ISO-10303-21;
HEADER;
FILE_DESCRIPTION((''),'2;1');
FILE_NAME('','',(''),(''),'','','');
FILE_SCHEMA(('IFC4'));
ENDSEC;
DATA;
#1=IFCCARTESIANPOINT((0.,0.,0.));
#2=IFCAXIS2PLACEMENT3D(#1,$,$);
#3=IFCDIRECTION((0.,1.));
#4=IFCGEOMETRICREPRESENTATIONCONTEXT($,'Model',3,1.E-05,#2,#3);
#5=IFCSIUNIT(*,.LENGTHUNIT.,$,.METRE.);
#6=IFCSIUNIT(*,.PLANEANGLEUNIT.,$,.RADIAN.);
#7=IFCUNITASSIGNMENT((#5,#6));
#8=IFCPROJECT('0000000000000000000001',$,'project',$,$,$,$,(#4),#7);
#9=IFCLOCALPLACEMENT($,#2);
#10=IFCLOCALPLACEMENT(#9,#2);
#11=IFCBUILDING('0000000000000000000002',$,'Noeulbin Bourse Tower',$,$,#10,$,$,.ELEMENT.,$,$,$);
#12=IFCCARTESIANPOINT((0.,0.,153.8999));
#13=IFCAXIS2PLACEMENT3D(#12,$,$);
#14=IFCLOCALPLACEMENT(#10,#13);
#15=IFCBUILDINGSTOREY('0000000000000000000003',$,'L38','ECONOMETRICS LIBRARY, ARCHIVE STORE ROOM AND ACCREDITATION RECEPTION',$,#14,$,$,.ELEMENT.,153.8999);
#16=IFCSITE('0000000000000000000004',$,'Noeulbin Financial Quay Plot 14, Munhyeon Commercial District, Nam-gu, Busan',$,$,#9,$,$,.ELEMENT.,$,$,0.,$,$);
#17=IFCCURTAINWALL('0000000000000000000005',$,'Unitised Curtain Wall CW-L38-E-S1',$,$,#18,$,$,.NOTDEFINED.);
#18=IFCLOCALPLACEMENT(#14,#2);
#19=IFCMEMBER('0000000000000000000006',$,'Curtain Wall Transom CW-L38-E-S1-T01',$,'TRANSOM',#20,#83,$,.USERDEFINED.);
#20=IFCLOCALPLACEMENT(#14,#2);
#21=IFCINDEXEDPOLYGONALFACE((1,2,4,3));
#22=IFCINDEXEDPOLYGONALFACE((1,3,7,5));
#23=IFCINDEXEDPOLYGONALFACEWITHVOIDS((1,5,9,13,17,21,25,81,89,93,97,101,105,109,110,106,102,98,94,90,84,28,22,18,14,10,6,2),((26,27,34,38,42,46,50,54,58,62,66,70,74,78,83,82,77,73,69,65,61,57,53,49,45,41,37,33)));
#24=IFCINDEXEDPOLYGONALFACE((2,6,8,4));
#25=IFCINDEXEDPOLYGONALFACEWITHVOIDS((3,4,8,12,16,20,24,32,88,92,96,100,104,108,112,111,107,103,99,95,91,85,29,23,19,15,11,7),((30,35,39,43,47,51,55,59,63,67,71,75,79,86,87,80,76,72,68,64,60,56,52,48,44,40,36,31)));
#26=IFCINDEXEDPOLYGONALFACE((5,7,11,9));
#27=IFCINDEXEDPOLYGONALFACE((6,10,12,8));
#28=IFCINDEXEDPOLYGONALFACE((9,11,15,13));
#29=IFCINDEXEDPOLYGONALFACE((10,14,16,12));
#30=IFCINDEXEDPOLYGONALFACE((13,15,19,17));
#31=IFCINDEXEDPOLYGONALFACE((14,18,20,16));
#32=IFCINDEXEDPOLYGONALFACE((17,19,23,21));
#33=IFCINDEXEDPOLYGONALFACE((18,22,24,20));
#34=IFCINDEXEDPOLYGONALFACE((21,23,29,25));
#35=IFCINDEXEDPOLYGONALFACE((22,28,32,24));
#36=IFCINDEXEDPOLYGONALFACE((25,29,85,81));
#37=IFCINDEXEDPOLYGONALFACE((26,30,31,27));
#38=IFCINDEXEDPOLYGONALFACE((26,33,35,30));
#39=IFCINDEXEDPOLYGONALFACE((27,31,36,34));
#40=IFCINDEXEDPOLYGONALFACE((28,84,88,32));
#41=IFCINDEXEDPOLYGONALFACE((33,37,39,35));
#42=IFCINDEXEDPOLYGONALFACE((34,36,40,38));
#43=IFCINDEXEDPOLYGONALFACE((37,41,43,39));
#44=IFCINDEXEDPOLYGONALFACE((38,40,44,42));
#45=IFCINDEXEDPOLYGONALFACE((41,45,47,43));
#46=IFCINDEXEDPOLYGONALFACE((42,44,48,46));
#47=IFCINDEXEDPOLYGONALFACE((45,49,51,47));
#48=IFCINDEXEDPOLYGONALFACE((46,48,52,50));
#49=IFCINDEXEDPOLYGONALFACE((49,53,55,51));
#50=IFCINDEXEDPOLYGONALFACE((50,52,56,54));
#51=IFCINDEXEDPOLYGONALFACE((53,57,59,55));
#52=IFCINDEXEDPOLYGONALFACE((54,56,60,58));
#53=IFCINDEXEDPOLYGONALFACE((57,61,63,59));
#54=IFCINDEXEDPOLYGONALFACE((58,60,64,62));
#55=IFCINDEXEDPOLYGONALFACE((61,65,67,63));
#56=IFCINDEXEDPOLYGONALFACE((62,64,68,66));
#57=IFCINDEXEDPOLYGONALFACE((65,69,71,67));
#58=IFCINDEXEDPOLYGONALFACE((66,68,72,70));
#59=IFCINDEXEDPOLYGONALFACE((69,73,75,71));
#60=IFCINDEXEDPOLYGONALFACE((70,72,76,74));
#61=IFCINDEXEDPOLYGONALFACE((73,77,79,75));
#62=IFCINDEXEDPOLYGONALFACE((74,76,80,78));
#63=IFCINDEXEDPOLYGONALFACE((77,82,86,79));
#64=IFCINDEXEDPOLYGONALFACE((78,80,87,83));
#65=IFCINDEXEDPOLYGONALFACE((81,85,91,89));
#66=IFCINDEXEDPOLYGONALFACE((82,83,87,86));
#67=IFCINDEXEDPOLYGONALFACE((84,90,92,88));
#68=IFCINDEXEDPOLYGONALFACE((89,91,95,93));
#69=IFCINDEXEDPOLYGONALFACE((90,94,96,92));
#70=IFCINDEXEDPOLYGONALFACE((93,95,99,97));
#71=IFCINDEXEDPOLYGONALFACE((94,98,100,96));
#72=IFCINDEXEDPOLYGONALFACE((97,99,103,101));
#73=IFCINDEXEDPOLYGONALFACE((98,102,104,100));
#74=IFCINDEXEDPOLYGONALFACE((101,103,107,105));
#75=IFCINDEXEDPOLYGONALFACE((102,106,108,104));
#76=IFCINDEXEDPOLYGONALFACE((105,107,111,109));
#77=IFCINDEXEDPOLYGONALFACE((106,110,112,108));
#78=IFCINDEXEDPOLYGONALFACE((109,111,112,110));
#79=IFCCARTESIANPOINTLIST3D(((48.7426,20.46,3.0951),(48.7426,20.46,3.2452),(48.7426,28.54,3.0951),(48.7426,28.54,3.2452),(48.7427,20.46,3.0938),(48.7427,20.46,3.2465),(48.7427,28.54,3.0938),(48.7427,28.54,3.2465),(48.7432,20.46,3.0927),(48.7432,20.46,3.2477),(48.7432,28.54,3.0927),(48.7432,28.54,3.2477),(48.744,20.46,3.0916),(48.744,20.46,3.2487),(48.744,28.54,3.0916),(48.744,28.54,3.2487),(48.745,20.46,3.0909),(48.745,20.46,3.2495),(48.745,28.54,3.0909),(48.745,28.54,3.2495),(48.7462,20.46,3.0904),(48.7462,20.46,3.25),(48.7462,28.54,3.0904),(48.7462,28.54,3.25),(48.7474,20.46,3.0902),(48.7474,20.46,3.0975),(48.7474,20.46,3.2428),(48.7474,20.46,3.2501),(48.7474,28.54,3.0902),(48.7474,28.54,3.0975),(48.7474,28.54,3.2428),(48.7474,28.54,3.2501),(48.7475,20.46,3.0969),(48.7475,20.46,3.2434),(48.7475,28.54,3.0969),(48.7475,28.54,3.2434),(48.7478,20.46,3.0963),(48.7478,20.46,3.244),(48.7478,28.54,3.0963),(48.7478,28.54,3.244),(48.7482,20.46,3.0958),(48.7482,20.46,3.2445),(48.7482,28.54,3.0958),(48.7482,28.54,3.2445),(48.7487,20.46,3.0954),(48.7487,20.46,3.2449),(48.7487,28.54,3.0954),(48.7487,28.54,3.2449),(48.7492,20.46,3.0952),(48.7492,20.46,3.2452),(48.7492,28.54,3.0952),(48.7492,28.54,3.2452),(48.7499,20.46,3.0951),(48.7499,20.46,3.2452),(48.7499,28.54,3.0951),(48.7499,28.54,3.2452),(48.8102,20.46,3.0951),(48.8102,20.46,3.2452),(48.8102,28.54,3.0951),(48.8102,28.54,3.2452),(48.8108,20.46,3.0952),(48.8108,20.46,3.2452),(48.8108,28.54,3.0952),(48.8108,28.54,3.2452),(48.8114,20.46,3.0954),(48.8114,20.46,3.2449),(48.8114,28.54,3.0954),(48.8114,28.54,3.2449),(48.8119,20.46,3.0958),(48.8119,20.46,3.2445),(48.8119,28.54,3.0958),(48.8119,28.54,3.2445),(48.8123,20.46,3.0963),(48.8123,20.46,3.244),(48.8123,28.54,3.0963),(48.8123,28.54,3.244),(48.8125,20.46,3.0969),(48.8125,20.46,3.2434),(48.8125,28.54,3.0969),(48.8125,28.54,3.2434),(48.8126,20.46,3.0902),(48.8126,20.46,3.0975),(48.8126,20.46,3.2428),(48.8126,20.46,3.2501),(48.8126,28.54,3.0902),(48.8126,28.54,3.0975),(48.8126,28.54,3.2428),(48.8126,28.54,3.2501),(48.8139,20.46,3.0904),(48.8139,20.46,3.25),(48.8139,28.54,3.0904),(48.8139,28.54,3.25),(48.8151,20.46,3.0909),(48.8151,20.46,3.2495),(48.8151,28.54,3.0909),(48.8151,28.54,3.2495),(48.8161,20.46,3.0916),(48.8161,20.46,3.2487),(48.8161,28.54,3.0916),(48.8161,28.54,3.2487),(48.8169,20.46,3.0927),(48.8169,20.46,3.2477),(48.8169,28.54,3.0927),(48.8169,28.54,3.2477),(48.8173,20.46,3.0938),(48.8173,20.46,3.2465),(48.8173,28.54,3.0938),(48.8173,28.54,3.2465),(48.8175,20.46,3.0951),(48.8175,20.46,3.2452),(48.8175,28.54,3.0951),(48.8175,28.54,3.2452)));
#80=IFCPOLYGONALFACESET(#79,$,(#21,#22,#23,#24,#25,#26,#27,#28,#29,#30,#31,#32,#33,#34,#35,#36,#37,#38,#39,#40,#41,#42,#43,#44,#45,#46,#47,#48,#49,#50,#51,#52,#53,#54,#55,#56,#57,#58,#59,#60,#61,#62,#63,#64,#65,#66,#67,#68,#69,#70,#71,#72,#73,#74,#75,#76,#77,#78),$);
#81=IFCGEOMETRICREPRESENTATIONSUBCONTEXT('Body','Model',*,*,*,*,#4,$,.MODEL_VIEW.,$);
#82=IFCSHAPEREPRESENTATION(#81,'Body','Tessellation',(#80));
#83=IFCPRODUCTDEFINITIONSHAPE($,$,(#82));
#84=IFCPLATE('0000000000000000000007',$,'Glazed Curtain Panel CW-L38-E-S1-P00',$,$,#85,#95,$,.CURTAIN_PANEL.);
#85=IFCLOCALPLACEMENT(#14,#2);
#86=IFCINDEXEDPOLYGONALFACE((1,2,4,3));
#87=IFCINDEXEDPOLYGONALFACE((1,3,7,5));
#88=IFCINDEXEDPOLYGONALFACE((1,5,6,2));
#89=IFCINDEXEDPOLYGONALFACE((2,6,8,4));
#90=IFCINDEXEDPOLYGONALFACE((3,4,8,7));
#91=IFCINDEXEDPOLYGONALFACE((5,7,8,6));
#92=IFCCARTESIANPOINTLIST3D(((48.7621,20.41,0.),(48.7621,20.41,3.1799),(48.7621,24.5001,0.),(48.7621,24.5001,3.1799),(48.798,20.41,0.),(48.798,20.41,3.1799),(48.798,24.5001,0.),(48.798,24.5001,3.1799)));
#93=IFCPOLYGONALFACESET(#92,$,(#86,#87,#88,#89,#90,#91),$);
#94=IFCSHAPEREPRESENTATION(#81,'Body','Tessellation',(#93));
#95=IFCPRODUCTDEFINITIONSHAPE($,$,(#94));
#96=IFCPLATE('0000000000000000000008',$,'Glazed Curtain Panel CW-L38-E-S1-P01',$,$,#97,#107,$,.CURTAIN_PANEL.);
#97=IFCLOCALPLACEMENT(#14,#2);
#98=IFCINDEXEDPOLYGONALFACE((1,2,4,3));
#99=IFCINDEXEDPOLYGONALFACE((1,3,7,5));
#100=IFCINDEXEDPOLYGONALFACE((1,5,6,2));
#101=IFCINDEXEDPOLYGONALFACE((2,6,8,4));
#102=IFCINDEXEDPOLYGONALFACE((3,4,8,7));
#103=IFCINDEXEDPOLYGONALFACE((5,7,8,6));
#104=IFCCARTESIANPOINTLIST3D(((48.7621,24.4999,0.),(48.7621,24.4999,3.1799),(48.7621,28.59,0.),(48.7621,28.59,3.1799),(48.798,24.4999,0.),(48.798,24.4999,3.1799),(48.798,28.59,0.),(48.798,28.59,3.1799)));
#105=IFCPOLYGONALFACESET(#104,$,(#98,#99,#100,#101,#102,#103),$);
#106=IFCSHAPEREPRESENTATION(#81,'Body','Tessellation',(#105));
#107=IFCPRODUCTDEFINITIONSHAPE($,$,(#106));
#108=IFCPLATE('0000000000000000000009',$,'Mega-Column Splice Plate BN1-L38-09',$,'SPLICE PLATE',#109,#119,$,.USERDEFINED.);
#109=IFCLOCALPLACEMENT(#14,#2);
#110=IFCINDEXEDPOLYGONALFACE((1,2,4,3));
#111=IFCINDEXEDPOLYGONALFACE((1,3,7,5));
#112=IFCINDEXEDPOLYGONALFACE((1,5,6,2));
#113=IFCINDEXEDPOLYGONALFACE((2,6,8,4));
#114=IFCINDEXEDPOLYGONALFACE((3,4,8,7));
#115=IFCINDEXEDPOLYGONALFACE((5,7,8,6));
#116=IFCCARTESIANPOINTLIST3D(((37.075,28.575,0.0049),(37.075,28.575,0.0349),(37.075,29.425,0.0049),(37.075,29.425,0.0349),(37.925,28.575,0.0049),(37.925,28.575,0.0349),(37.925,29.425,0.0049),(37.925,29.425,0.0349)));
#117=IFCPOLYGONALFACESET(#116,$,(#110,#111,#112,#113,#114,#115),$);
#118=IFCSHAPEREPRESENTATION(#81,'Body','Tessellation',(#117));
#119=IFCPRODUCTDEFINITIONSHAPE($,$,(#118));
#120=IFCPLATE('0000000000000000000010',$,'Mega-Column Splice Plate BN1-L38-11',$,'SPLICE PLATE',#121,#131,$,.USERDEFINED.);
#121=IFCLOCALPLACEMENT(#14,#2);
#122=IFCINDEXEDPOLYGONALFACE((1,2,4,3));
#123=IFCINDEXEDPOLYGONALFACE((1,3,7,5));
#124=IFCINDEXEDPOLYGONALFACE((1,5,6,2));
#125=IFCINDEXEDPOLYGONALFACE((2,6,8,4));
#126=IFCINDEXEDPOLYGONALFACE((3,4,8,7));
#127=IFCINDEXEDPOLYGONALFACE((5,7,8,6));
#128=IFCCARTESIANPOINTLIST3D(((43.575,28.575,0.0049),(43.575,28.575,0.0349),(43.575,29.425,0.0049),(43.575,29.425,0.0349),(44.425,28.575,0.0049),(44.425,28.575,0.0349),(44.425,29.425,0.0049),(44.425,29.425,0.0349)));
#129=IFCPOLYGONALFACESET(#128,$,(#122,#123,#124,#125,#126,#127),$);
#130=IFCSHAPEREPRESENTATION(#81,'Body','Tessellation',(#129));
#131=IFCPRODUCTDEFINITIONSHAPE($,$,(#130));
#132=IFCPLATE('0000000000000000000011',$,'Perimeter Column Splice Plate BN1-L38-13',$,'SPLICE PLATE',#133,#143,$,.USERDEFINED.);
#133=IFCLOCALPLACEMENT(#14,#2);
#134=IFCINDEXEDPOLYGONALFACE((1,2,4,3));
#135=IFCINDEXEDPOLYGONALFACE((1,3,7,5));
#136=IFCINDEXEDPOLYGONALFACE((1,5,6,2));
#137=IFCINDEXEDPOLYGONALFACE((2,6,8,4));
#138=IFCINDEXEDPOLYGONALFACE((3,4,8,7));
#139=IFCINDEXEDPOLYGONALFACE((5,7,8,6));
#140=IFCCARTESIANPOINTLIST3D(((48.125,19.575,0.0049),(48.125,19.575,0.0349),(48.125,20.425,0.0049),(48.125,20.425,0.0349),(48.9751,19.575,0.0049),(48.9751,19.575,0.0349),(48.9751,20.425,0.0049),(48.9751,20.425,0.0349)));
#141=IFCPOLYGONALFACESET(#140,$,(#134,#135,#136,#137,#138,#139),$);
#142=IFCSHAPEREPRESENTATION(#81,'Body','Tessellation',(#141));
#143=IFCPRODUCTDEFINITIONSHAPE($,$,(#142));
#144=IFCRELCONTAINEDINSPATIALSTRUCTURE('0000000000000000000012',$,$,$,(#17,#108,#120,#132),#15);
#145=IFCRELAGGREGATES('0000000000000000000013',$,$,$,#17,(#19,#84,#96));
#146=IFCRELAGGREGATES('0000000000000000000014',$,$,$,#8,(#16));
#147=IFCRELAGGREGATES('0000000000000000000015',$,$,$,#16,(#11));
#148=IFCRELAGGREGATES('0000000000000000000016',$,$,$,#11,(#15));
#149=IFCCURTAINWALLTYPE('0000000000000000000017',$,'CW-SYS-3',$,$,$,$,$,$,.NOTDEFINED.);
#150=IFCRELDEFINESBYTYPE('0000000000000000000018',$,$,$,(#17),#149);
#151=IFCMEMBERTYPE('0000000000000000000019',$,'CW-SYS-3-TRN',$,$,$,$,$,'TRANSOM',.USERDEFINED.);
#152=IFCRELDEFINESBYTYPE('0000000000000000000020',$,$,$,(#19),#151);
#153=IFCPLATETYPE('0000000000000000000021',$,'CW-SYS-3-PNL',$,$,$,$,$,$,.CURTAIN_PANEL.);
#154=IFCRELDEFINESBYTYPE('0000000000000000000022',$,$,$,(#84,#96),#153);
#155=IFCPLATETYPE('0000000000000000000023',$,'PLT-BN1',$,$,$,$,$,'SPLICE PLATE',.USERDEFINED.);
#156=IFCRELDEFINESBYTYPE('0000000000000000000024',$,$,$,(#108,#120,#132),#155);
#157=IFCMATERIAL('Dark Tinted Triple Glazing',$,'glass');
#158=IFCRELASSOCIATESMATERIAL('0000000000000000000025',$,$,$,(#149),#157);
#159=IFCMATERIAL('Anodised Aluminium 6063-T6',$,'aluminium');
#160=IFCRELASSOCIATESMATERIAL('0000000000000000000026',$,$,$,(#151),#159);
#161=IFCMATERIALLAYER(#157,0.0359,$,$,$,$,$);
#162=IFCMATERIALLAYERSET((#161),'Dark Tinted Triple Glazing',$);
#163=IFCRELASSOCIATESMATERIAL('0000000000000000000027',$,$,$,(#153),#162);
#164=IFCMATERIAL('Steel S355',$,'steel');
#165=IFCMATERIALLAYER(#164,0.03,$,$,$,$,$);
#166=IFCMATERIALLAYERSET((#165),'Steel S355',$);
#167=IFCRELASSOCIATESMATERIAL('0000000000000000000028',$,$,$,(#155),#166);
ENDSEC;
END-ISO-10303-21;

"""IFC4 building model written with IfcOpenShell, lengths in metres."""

from ifc_helpers import new_model, si_unit, direction, frame, origin, origin_2d, place, context, subcontext, project, spatial, rectangle, hollow_rectangle, extrude, material, layer, layer_set, material_profile, profile_set, type_object, element, aggregate, save


model = new_model("IFC4")

# Units and contexts
model_context = context("Model", 3, precision=1e-05, world=origin(), true_north=direction((0.0, 1.0)))
body_context = subcontext(model_context, "Body", "Model", "MODEL_VIEW")
ifc_project = project(units=[si_unit("LENGTHUNIT", "METRE"), si_unit("PLANEANGLEUNIT", "RADIAN")], contexts=[model_context])

# Site, building, storey
site_placement = place(None, origin())
site = spatial("IfcSite", under=ifc_project, at=site_placement, Name="Noeulbin Financial Quay Plot 14, Munhyeon Commercial District, Nam-gu, Busan", CompositionType="ELEMENT", RefElevation=0.0)
building_placement = place(site_placement, origin())
building = spatial("IfcBuilding", under=site, at=building_placement, Name="Noeulbin Bourse Tower", CompositionType="ELEMENT")
storey_placement = place(building_placement, frame((0.0, 0.0, 153.8999)))
storey = spatial("IfcBuildingStorey", under=building, at=storey_placement, Name="L38", Description="ECONOMETRICS LIBRARY, ARCHIVE STORE ROOM AND ACCREDITATION RECEPTION", CompositionType="ELEMENT", Elevation=153.8999)

# Shared definitions
ifc_material_1 = material(Name="Steel S355", Category="steel")

# Curtain wall, member, plates
ifc_material_2 = material(Name="Dark Tinted Triple Glazing", Category="glass")
curtain_wall_type = type_object("IfcCurtainWallType", Name="CW-SYS-3", PredefinedType="NOTDEFINED", material=ifc_material_2)
curtain_wall_placement = place(storey_placement, origin())
curtain_wall = element("IfcCurtainWall", 1, at=curtain_wall_placement, inside=storey, type_object=curtain_wall_type, Name="Unitised Curtain Wall CW-L38-E-S1", PredefinedType="NOTDEFINED")
ifc_material_3 = material(Name="Anodised Aluminium 6063-T6", Category="aluminium")
ifc_material_profile_1 = material_profile(ifc_material_3, hollow_rectangle(XDim=0.075, YDim=0.1599, WallThickness=0.0049, InnerFilletRadius=0.0024, OuterFilletRadius=0.0049, at=origin_2d()), Name="ALU-TRAN-75x160x5", Category="LoadBearing")
ifc_profile_set_1 = profile_set([ifc_material_profile_1], Name="Anodised Aluminium 6063-T6")
member_type_1 = type_object("IfcMemberType", Name="CW-SYS-3-TRN", ElementType="TRANSOM", PredefinedType="USERDEFINED", material=ifc_profile_set_1)
member_1_placement = place(storey_placement, frame((48.78, 20.46, 3.1702), z_axis=(0.0, 1.0, 0.0), x_axis=(-1.0, 0.0, 0.0)))
member_1 = element("IfcMember", 2, at=member_1_placement, type_object=member_type_1, Name="Curtain Wall Transom CW-L38-E-S1-T01", ObjectType="TRANSOM", PredefinedType="USERDEFINED", context=body_context, shape_type="SweptSolid", body=[
    extrude(hollow_rectangle(XDim=0.075, YDim=0.1599, WallThickness=0.0049, InnerFilletRadius=0.0024, OuterFilletRadius=0.0049, at=origin_2d()), origin(), (0.0, 0.0, 1.0), 8.0801),
])
ifc_layer_1 = layer(ifc_material_2, 0.0359)
ifc_layer_set_1 = layer_set([ifc_layer_1], Name="Dark Tinted Triple Glazing")
plate_type_1 = type_object("IfcPlateType", Name="CW-SYS-3-PNL", PredefinedType="CURTAIN_PANEL", material=ifc_layer_set_1)
plate_1_placement = place(storey_placement, frame((48.78, 22.4551, 0.0), z_axis=(0.0, 0.0, 1.0), x_axis=(0.0, 1.0, 0.0)))
plate_1 = element("IfcPlate", 3, at=plate_1_placement, type_object=plate_type_1, Name="Glazed Curtain Panel CW-L38-E-S1-P00", PredefinedType="CURTAIN_PANEL", context=body_context, shape_type="SweptSolid", body=[
    extrude(rectangle(XDim=4.0901, YDim=0.0359, at=origin_2d()), origin(), (0.0, 0.0, 1.0), 3.1799),
])
plate_2_placement = place(storey_placement, frame((48.78, 26.5449, 0.0), z_axis=(0.0, 0.0, 1.0), x_axis=(0.0, 1.0, 0.0)))
plate_2 = element("IfcPlate", 4, at=plate_2_placement, type_object=plate_type_1, Name="Glazed Curtain Panel CW-L38-E-S1-P01", PredefinedType="CURTAIN_PANEL", context=body_context, shape_type="SweptSolid", body=[
    extrude(rectangle(XDim=4.0901, YDim=0.0359, at=origin_2d()), origin(), (0.0, 0.0, 1.0), 3.1799),
])
aggregate(curtain_wall, [member_1, plate_1, plate_2])

# Plates
ifc_layer_2 = layer(ifc_material_1, 0.03)
ifc_layer_set_2 = layer_set([ifc_layer_2], Name="Steel S355")
plate_type_2 = type_object("IfcPlateType", Name="PLT-BN1", ElementType="SPLICE PLATE", PredefinedType="USERDEFINED", material=ifc_layer_set_2)
for number, where, z_axis, x_axis, name in (
    (5, (37.5, 29.0, 0.0049), (0.0, 0.0, 1.0), (1.0, 0.0, 0.0), "Mega-Column Splice Plate BN1-L38-09"),
    (6, (44.0, 29.0, 0.0049), (0.0, 0.0, 1.0), (1.0, 0.0, 0.0), "Mega-Column Splice Plate BN1-L38-11"),
    (7, (48.55, 20.0, 0.0049), (0.0, 0.0, 1.0), (1.0, 0.0, 0.0), "Perimeter Column Splice Plate BN1-L38-13"),
):
    element("IfcPlate", number, at=place(storey_placement, frame(where, z_axis=z_axis, x_axis=x_axis)), inside=storey, type_object=plate_type_2, Name=name, ObjectType="SPLICE PLATE", PredefinedType="USERDEFINED", context=body_context, shape_type="SweptSolid", body=[
        extrude(rectangle(XDim=0.8501, YDim=0.8501, at=origin_2d()), origin(), (0.0, 0.0, 1.0), 0.03),
    ])

save(model, "model.ifc")
